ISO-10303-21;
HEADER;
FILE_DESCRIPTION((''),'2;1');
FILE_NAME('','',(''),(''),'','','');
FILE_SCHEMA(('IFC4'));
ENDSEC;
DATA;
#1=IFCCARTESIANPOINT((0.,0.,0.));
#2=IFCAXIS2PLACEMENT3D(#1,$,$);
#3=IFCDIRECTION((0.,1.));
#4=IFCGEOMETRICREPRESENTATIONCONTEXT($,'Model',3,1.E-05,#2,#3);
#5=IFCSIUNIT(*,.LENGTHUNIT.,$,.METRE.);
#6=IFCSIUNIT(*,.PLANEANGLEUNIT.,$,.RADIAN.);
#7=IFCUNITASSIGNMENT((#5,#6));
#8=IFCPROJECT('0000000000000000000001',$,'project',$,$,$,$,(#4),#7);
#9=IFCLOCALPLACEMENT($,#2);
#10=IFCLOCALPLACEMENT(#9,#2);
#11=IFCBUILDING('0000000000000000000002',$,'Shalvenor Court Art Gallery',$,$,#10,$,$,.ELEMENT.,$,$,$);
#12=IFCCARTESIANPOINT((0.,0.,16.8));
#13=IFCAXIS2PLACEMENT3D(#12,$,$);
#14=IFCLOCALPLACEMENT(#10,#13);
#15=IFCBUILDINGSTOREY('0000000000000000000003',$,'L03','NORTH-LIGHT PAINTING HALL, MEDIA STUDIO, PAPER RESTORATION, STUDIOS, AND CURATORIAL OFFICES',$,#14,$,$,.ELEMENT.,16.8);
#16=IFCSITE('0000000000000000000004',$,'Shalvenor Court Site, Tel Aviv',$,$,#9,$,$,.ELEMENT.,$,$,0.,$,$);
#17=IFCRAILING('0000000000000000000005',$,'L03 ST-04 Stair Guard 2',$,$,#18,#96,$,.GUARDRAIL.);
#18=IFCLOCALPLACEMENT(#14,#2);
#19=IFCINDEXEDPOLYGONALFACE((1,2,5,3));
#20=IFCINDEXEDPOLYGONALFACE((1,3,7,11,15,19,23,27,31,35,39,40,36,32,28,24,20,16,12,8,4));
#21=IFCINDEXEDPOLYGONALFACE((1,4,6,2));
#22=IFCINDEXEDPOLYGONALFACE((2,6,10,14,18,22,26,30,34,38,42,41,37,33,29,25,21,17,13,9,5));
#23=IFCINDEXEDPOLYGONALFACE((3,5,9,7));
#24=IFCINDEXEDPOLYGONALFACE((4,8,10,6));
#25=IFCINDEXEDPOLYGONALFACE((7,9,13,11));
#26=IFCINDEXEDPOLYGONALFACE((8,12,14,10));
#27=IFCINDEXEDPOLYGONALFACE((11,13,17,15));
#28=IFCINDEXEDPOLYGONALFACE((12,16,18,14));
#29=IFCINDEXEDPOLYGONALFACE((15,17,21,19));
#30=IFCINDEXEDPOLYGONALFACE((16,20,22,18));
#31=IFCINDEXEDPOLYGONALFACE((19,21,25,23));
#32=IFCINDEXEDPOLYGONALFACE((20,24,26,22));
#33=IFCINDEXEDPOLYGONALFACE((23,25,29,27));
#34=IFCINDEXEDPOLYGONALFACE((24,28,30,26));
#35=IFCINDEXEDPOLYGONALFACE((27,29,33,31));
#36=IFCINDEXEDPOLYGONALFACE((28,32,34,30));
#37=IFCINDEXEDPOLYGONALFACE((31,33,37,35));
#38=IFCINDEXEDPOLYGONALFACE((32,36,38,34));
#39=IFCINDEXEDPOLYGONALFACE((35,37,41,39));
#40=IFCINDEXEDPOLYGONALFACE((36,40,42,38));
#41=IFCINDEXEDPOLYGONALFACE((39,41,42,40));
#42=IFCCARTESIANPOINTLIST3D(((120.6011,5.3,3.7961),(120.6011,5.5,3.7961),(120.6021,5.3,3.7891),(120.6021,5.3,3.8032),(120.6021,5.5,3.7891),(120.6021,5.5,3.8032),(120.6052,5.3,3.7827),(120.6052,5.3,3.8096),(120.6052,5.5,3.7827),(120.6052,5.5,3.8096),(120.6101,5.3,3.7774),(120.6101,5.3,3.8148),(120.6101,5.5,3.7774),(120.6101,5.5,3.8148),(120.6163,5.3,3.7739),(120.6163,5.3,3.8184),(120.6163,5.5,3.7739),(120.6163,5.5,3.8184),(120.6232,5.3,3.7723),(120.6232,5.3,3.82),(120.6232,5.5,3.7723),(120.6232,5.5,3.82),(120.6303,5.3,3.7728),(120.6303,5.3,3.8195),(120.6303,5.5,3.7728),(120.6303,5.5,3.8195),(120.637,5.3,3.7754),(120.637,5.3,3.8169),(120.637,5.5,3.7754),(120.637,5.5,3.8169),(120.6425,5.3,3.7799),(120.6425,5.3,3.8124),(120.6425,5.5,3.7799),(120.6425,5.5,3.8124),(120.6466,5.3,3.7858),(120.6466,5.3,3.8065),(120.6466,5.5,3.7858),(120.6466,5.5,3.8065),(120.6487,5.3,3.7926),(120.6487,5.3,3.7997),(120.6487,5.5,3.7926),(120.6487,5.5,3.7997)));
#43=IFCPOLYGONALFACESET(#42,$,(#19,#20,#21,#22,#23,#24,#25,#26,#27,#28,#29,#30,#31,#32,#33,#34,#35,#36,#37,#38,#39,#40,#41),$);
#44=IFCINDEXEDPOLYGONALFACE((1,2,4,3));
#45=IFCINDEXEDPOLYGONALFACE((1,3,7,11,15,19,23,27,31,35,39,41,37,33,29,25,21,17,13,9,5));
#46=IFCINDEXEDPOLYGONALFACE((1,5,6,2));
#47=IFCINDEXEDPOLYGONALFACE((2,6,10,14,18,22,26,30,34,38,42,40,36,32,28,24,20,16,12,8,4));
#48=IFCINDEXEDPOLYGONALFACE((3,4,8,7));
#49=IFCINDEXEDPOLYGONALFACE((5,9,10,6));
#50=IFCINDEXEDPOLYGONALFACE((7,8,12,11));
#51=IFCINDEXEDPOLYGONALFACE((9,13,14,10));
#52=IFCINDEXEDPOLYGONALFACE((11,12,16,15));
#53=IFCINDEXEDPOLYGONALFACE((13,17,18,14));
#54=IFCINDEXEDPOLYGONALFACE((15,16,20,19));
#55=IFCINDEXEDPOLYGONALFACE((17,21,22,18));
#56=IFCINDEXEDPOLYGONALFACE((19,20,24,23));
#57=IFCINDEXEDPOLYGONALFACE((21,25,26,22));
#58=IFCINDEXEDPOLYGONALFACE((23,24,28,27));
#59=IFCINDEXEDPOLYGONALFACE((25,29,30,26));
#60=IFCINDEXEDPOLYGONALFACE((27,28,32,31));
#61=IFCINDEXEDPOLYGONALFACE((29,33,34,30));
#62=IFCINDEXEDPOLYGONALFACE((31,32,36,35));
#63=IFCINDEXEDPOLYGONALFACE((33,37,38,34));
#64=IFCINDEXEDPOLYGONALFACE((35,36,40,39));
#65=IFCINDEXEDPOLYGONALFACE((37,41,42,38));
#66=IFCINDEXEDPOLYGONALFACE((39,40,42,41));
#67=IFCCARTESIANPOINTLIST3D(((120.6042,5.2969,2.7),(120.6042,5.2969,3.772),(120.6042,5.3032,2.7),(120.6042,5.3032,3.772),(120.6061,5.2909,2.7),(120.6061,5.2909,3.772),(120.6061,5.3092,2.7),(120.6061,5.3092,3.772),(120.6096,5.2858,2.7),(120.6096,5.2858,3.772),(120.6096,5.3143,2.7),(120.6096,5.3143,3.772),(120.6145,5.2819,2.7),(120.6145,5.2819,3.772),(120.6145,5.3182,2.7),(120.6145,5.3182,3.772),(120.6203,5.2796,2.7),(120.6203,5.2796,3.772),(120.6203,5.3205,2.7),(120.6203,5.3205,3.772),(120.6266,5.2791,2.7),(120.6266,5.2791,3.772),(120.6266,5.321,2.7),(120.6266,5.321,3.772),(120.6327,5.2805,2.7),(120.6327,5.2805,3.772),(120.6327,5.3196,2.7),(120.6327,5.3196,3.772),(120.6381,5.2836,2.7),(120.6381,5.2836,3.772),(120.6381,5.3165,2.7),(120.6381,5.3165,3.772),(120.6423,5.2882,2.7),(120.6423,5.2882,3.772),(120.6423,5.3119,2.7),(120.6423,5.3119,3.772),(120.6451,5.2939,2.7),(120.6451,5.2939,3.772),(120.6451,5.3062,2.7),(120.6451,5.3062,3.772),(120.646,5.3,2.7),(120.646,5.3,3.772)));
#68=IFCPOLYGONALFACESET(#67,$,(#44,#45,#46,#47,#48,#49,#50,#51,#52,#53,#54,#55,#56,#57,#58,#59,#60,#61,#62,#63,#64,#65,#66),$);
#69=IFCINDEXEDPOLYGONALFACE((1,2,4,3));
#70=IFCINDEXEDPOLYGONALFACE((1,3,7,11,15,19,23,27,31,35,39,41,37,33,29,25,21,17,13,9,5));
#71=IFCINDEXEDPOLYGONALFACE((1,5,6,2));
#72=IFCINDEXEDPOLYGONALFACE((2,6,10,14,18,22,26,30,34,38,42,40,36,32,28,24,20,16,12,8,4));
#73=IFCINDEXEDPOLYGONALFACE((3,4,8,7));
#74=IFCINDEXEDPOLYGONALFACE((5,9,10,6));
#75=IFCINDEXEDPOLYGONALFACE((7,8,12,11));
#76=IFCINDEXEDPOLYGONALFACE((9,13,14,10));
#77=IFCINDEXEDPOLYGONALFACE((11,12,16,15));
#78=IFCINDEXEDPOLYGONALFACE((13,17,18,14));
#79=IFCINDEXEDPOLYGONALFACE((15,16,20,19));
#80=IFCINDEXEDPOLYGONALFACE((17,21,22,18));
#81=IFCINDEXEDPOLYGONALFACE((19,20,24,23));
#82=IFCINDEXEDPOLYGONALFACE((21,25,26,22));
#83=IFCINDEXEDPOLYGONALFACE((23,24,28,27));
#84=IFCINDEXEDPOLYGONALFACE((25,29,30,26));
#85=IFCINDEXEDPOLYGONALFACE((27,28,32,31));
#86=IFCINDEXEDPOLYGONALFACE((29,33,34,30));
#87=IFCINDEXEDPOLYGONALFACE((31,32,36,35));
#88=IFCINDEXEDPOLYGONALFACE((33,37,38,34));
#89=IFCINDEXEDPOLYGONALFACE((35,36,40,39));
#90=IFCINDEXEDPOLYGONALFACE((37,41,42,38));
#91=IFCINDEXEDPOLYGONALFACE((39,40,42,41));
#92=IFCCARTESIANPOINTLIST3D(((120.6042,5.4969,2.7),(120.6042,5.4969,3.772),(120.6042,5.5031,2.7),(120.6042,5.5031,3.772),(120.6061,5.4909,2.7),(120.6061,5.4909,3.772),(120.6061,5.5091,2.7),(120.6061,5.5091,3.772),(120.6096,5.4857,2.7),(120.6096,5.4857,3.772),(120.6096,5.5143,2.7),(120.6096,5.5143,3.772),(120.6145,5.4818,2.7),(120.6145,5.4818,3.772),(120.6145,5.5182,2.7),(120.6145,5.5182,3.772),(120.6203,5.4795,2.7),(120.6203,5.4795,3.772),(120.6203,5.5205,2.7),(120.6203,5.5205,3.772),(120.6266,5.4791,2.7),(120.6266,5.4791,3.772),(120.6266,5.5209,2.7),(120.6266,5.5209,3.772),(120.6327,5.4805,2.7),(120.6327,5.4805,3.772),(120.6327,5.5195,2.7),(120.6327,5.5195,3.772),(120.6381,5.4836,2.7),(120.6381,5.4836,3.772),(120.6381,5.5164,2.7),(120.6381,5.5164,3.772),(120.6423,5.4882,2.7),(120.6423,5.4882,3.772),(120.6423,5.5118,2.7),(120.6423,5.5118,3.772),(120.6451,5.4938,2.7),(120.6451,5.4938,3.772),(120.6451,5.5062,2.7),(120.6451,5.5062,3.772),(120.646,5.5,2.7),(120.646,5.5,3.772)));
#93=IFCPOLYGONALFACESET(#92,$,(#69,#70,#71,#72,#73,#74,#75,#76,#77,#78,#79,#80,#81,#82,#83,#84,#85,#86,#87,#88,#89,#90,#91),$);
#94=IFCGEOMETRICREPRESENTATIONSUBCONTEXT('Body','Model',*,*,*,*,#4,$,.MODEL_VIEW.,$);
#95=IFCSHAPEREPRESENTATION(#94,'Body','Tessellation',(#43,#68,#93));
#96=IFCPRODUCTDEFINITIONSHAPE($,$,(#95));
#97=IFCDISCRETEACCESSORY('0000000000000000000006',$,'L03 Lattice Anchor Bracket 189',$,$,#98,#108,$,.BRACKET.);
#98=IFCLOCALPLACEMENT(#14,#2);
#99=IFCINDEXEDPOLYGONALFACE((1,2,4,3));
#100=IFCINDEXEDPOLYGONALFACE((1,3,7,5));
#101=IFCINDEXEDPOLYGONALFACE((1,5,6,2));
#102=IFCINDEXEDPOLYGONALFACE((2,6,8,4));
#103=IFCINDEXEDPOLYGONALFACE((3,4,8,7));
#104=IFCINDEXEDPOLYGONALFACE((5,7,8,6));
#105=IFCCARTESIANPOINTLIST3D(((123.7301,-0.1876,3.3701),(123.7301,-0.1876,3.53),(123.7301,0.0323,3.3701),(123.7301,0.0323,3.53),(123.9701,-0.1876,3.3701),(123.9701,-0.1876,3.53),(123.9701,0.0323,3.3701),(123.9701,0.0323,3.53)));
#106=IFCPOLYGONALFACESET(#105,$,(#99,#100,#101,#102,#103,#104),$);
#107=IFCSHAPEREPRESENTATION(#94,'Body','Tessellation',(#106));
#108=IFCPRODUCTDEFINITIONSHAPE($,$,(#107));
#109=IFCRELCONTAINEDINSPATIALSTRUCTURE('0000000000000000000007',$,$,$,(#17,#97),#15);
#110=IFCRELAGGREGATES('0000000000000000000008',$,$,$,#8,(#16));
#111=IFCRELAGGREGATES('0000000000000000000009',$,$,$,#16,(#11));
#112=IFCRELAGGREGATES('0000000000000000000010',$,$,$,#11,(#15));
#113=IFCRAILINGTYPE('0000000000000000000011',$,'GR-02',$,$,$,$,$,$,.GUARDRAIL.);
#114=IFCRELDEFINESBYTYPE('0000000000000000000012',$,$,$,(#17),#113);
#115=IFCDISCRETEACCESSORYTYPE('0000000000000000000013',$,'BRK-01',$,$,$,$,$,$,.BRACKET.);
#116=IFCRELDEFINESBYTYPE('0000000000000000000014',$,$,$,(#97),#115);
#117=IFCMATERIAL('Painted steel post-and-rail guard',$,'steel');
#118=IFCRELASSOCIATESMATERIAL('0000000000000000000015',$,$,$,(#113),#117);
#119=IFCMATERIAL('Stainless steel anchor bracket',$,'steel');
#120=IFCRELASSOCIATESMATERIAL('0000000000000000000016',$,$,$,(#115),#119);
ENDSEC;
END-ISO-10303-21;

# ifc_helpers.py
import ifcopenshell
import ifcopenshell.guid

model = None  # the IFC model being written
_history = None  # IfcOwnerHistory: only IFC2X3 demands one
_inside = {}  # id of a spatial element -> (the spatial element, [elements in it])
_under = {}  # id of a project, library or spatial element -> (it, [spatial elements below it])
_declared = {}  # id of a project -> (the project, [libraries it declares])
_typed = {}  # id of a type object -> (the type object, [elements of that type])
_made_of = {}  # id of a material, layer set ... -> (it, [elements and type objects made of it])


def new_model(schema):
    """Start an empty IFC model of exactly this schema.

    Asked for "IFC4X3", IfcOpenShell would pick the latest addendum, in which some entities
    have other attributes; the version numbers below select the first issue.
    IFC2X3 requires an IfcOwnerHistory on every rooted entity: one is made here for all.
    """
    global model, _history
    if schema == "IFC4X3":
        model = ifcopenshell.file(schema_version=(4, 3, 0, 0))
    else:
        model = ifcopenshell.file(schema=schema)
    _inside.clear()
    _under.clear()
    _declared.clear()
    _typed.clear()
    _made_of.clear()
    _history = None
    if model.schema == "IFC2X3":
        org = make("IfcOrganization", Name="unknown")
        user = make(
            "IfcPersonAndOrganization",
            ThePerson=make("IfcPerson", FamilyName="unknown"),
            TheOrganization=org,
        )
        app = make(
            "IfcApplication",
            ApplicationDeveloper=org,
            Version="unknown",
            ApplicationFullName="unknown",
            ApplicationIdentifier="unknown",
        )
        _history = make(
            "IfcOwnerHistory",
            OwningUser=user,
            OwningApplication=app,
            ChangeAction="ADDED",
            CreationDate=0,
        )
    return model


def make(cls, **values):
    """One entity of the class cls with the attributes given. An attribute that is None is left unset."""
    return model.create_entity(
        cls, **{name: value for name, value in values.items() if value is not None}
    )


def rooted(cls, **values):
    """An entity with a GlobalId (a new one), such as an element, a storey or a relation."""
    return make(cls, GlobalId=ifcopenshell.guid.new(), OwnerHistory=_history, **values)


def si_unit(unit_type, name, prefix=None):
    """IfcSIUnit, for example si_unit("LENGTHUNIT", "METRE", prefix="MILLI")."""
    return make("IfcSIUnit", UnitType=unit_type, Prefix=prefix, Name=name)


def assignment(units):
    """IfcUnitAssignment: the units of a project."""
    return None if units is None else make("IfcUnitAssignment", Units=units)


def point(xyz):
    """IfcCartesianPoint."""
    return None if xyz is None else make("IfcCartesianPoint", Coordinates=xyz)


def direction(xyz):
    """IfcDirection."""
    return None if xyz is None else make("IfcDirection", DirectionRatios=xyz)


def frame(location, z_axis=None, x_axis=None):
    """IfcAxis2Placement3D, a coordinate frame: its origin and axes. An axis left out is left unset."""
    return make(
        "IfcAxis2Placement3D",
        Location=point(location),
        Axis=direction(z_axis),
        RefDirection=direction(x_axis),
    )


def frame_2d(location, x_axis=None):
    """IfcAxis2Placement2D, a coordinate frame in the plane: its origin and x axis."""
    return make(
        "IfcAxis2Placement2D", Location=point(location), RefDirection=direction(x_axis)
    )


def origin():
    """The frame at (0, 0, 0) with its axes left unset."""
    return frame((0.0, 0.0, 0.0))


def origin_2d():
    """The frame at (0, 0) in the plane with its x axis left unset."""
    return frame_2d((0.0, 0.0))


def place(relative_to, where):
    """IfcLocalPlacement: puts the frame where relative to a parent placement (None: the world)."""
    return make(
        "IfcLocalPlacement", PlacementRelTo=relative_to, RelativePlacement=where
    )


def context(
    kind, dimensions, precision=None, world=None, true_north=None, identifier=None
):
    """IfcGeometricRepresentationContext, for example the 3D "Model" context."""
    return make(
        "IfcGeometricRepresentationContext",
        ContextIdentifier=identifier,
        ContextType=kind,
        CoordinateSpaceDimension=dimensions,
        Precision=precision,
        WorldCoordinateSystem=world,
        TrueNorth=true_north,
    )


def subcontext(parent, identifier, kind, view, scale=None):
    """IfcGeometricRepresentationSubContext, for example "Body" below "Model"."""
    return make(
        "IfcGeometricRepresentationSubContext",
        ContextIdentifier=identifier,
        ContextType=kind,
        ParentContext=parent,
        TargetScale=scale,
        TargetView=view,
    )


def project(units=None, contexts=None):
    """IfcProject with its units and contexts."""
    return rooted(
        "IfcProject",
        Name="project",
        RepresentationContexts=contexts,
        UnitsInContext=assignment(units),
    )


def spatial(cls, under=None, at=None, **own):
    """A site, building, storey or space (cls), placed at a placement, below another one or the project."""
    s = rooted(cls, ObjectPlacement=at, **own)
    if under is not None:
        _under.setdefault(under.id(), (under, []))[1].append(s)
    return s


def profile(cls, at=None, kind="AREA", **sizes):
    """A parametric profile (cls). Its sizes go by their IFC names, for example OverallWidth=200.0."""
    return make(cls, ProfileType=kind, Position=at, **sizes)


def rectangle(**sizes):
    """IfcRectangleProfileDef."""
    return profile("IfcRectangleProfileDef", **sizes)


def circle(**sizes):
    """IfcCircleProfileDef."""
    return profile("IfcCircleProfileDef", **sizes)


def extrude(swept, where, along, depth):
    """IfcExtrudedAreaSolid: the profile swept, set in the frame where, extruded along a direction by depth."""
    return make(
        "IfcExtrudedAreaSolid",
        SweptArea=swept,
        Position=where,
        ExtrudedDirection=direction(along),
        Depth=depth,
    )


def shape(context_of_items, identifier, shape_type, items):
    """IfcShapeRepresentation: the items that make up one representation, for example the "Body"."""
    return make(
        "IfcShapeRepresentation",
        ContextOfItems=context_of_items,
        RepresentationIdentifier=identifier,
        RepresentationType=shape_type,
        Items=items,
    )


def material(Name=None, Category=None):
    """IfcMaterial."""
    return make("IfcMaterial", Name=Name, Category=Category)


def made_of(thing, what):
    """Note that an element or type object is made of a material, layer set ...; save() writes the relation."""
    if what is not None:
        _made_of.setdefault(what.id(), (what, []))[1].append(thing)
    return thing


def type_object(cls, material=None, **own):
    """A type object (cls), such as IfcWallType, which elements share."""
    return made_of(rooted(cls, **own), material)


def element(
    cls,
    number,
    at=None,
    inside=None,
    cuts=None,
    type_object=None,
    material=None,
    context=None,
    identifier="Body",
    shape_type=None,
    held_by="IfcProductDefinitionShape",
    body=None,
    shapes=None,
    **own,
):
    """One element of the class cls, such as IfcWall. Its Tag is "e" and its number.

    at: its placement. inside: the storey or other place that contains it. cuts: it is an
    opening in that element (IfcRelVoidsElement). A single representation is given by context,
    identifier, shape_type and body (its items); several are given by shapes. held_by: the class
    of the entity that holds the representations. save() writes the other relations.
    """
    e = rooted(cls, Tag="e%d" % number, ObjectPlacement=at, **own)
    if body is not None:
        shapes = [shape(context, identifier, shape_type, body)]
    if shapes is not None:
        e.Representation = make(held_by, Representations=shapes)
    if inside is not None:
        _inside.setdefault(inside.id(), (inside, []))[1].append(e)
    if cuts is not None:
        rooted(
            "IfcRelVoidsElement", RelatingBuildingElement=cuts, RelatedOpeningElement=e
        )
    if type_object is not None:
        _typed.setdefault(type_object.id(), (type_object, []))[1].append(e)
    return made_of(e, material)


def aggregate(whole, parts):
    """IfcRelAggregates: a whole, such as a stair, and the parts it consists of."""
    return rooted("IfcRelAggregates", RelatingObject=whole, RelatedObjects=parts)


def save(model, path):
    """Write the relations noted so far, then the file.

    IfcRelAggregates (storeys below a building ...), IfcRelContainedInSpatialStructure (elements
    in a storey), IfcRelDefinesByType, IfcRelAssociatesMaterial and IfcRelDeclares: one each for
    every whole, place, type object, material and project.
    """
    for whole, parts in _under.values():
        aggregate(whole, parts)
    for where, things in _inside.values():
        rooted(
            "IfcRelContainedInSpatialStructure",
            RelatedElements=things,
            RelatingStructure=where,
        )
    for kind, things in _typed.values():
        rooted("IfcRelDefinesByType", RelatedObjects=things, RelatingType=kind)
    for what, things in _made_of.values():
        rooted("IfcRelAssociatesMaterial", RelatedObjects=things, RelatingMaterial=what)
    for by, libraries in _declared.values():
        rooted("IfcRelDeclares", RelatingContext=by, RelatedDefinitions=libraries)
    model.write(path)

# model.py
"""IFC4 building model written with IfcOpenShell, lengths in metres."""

from ifc_helpers import new_model, si_unit, direction, frame, origin, origin_2d, place, context, subcontext, project, spatial, rectangle, circle, extrude, material, type_object, element, save


model = new_model("IFC4")

# Units and contexts
model_context = context("Model", 3, precision=1e-05, world=origin(), true_north=direction((0.0, 1.0)))
body_context = subcontext(model_context, "Body", "Model", "MODEL_VIEW")
ifc_project = project(units=[si_unit("LENGTHUNIT", "METRE"), si_unit("PLANEANGLEUNIT", "RADIAN")], contexts=[model_context])

# Site, building, storey
site_placement = place(None, origin())
site = spatial("IfcSite", under=ifc_project, at=site_placement, Name="Shalvenor Court Site, Tel Aviv", CompositionType="ELEMENT", RefElevation=0.0)
building_placement = place(site_placement, origin())
building = spatial("IfcBuilding", under=site, at=building_placement, Name="Shalvenor Court Art Gallery", CompositionType="ELEMENT")
storey_placement = place(building_placement, frame((0.0, 0.0, 16.8)))
storey = spatial("IfcBuildingStorey", under=building, at=storey_placement, Name="L03", Description="NORTH-LIGHT PAINTING HALL, MEDIA STUDIO, PAPER RESTORATION, STUDIOS, AND CURATORIAL OFFICES", CompositionType="ELEMENT", Elevation=16.8)

# Railing
ifc_material_1 = material(Name="Painted steel post-and-rail guard", Category="steel")
railing_type = type_object("IfcRailingType", Name="GR-02", PredefinedType="GUARDRAIL", material=ifc_material_1)
railing_placement = place(storey_placement, frame((120.625, 5.3, 2.7)))
element("IfcRailing", 1, at=railing_placement, inside=storey, type_object=railing_type, Name="L03 ST-04 Stair Guard 2", PredefinedType="GUARDRAIL", context=body_context, shape_type="SweptSolid", body=[
    extrude(circle(Radius=0.0239, at=origin_2d()), frame((0.0, 0.0, 1.0962), z_axis=(0.0, 1.0, 0.0), x_axis=(-1.0, 0.0, 0.0)), (0.0, 0.0, 1.0), 0.2),
    extrude(circle(Radius=0.021, at=origin_2d()), origin(), (0.0, 0.0, 1.0), 1.072),
    extrude(circle(Radius=0.021, at=origin_2d()), frame((0.0, 0.2, 0.0)), (0.0, 0.0, 1.0), 1.072),
])

# Discrete accessory
ifc_material_2 = material(Name="Stainless steel anchor bracket", Category="steel")
discrete_accessory_type = type_object("IfcDiscreteAccessoryType", Name="BRK-01", PredefinedType="BRACKET", material=ifc_material_2)
discrete_accessory_placement = place(storey_placement, frame((123.8501, -0.0776, 3.3701), z_axis=(0.0, 0.0, 1.0), x_axis=(-1.0, 0.0, 0.0)))
element("IfcDiscreteAccessory", 2, at=discrete_accessory_placement, inside=storey, type_object=discrete_accessory_type, Name="L03 Lattice Anchor Bracket 189", PredefinedType="BRACKET", context=body_context, shape_type="SweptSolid", body=[
    extrude(rectangle(XDim=0.24, YDim=0.22, at=origin_2d()), origin(), (0.0, 0.0, 1.0), 0.1599),
])

save(model, "model.ifc")
